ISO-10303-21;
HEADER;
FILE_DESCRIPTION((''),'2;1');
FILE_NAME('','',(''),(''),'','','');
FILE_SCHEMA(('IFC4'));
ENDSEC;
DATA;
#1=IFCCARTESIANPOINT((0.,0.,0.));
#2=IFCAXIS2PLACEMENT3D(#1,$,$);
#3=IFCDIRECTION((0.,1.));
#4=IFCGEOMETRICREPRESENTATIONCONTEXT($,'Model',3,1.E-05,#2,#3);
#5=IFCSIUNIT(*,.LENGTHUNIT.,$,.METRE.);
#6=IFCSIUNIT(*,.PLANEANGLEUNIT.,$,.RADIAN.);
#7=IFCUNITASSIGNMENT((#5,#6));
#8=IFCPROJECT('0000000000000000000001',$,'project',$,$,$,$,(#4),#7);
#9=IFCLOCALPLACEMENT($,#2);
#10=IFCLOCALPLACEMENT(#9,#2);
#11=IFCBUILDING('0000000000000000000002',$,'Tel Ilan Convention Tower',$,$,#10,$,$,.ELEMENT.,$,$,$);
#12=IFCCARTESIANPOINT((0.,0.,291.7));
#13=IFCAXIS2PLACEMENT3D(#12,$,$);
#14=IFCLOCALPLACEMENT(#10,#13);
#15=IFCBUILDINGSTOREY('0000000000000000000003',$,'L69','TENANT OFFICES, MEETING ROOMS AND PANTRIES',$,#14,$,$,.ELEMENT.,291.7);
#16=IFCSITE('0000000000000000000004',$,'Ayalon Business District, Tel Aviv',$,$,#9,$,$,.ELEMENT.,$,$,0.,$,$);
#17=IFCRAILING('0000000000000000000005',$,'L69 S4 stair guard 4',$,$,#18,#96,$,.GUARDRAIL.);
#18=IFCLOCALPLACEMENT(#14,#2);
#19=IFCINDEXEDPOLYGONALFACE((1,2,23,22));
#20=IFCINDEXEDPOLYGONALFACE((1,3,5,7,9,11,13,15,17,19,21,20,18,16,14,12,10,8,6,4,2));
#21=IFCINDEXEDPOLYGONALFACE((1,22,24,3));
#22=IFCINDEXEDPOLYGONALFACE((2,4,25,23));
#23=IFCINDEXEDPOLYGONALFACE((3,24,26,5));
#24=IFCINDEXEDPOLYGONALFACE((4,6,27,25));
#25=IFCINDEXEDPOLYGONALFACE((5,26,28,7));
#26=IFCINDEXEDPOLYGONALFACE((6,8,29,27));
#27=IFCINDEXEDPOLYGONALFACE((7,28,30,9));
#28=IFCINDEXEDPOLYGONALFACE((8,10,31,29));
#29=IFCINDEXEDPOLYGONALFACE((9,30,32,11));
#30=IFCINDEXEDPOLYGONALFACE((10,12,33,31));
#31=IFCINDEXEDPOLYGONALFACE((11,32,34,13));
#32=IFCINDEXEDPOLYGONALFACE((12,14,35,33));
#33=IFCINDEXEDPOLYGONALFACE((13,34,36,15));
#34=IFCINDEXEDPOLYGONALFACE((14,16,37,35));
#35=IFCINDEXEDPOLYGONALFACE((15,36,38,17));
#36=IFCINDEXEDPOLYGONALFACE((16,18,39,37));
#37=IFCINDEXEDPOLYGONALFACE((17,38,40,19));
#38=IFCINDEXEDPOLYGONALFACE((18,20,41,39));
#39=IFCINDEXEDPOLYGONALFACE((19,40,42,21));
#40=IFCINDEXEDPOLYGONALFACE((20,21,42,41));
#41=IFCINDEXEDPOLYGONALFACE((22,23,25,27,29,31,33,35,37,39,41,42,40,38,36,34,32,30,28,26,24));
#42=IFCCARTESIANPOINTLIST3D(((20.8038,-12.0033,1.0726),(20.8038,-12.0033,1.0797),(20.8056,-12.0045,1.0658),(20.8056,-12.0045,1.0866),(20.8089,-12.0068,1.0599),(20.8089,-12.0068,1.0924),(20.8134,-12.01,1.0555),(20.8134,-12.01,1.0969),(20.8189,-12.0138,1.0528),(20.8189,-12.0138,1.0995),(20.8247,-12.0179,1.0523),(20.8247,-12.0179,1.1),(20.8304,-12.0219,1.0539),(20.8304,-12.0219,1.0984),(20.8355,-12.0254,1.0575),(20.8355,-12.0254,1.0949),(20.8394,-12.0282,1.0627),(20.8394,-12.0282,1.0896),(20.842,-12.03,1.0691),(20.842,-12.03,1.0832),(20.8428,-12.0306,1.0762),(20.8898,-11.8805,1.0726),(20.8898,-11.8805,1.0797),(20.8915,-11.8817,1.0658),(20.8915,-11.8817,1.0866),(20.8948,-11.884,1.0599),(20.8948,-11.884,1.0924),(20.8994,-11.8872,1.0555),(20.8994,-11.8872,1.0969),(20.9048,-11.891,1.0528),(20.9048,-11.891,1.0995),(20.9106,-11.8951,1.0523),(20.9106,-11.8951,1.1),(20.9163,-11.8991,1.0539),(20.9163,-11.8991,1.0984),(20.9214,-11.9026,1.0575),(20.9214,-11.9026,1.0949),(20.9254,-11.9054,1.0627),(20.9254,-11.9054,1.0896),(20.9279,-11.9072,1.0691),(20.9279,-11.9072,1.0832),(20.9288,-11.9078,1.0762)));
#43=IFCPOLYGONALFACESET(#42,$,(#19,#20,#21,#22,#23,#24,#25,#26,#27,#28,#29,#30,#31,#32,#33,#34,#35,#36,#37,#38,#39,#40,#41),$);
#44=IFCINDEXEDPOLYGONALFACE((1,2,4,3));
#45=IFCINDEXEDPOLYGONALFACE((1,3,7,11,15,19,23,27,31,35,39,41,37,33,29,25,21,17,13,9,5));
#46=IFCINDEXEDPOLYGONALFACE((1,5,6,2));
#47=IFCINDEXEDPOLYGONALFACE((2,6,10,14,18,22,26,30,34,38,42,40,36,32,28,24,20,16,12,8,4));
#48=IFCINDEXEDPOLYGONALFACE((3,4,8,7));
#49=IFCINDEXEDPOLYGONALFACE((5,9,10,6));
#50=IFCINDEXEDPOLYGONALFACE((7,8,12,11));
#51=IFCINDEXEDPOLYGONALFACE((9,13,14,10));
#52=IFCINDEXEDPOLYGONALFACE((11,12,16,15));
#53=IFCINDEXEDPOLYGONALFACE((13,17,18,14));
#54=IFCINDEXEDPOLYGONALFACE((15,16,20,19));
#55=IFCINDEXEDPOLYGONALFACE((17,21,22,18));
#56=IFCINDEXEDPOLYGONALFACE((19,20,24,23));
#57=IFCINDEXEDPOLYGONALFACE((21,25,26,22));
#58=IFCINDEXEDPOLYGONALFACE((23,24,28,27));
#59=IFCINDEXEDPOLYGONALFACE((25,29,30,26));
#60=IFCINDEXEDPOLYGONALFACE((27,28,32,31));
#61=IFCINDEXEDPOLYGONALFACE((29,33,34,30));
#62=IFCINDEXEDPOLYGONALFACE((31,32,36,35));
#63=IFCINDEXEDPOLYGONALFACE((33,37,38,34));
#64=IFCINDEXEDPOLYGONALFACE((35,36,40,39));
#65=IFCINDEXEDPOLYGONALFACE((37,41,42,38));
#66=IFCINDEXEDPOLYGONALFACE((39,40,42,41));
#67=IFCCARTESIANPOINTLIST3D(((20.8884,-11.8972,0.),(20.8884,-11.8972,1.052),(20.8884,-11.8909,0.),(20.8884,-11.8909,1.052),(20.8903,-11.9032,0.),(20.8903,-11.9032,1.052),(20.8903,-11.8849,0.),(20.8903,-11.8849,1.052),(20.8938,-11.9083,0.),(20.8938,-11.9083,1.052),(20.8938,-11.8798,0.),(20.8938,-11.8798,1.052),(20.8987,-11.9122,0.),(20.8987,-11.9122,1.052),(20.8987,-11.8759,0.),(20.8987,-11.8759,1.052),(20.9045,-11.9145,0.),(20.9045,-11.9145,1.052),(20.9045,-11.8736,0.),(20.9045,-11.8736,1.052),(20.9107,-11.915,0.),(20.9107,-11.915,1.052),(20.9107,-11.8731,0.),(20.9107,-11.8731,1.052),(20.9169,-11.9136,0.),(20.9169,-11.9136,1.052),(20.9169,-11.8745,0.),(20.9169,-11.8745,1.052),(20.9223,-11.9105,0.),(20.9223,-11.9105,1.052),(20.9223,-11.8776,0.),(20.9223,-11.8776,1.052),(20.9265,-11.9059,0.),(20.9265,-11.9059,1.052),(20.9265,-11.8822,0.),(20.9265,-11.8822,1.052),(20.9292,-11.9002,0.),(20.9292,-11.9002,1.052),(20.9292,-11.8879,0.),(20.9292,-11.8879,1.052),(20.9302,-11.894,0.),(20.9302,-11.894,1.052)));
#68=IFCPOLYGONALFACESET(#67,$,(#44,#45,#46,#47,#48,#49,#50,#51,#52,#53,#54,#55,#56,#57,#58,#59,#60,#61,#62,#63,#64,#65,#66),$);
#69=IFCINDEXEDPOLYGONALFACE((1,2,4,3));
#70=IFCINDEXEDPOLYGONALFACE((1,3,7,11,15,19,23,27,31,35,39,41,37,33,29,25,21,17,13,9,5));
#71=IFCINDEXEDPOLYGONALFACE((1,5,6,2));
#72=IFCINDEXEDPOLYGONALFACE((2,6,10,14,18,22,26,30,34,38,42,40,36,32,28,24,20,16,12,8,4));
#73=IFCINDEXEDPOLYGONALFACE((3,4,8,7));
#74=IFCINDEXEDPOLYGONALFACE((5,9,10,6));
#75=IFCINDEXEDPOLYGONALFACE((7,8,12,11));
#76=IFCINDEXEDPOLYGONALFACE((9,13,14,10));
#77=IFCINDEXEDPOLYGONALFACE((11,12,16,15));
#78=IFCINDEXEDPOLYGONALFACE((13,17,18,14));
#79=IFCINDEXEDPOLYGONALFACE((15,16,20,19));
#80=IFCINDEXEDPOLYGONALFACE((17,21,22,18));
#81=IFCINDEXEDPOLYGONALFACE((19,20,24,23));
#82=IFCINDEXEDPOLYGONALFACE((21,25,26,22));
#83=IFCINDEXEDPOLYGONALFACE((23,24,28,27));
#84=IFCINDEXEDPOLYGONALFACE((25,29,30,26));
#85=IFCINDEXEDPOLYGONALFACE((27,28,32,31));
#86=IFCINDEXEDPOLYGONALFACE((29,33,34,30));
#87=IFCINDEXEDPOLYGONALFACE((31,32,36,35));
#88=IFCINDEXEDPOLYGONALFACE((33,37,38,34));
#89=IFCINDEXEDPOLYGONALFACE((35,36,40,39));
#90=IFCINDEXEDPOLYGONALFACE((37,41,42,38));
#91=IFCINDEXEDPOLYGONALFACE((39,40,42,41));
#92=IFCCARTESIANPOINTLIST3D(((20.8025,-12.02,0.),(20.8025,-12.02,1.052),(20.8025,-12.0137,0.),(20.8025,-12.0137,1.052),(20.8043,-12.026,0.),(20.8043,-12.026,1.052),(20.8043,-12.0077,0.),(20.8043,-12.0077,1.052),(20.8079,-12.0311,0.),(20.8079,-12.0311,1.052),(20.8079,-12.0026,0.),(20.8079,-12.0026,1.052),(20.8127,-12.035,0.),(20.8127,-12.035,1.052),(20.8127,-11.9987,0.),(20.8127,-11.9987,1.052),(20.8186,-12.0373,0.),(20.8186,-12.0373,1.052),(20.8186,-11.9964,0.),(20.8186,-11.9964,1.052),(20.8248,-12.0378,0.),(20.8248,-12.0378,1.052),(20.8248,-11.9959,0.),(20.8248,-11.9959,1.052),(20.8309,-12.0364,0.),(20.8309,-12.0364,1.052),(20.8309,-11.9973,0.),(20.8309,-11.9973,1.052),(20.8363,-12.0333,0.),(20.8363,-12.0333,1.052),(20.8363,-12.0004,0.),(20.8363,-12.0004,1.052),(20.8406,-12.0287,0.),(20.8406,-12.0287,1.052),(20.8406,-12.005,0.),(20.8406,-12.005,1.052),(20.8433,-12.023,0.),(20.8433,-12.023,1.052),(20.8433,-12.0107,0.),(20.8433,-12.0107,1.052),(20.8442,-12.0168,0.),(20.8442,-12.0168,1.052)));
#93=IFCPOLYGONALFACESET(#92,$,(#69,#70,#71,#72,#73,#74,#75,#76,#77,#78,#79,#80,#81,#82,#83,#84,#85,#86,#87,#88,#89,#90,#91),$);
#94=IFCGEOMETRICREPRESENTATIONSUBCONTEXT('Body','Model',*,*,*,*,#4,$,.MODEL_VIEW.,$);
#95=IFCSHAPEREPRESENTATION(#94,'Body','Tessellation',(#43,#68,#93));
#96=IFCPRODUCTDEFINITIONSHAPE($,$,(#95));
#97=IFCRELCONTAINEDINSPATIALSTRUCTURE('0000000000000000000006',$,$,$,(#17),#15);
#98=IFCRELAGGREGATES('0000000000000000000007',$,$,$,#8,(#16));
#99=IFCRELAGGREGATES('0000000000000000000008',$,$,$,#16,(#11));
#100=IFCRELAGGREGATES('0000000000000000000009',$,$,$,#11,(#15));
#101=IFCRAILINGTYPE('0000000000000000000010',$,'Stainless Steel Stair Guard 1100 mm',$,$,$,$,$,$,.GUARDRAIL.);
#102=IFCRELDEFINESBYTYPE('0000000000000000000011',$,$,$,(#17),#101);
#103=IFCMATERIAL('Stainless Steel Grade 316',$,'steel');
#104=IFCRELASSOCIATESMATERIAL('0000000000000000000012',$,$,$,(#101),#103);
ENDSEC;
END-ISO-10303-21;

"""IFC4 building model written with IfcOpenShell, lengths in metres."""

from ifc_helpers import new_model, si_unit, direction, frame, origin, origin_2d, place, context, subcontext, project, spatial, circle, extrude, material, type_object, element, save


model = new_model("IFC4")

# Units and contexts
model_context = context("Model", 3, precision=1e-05, world=origin(), true_north=direction((0.0, 1.0)))
body_context = subcontext(model_context, "Body", "Model", "MODEL_VIEW")
ifc_project = project(units=[si_unit("LENGTHUNIT", "METRE"), si_unit("PLANEANGLEUNIT", "RADIAN")], contexts=[model_context])

# Site, building, storey
site_placement = place(None, origin())
site = spatial("IfcSite", under=ifc_project, at=site_placement, Name="Ayalon Business District, Tel Aviv", CompositionType="ELEMENT", RefElevation=0.0)
building_placement = place(site_placement, origin())
building = spatial("IfcBuilding", under=site, at=building_placement, Name="Tel Ilan Convention Tower", CompositionType="ELEMENT")
storey_placement = place(building_placement, frame((0.0, 0.0, 291.7)))
storey = spatial("IfcBuildingStorey", under=building, at=storey_placement, Name="L69", Description="TENANT OFFICES, MEETING ROOMS AND PANTRIES", CompositionType="ELEMENT", Elevation=291.7)

# Railing
ifc_material_1 = material(Name="Stainless Steel Grade 316", Category="steel")
railing_type_1 = type_object("IfcRailingType", Name="Stainless Steel Stair Guard 1100 mm", PredefinedType="GUARDRAIL", material=ifc_material_1)
railing_1_placement = place(storey_placement, frame((20.9092, -11.894, 0.0)))
element("IfcRailing", 1, at=railing_1_placement, inside=storey, type_object=railing_type_1, Name="L69 S4 stair guard 4", PredefinedType="GUARDRAIL", context=body_context, shape_type="SweptSolid", body=[
    extrude(circle(Radius=0.0239, at=origin_2d()), frame((0.0, 0.0, 1.0762), z_axis=(-0.573353, -0.819308, 0.0), x_axis=(0.819308, -0.573353, 0.0)), (0.0, 0.0, 1.0), 0.1499),
    extrude(circle(Radius=0.021, at=origin_2d()), origin(), (0.0, 0.0, 1.0), 1.052),
    extrude(circle(Radius=0.021, at=origin_2d()), frame((-0.0859, -0.1228, 0.0)), (0.0, 0.0, 1.0), 1.052),
])

save(model, "model.ifc")
